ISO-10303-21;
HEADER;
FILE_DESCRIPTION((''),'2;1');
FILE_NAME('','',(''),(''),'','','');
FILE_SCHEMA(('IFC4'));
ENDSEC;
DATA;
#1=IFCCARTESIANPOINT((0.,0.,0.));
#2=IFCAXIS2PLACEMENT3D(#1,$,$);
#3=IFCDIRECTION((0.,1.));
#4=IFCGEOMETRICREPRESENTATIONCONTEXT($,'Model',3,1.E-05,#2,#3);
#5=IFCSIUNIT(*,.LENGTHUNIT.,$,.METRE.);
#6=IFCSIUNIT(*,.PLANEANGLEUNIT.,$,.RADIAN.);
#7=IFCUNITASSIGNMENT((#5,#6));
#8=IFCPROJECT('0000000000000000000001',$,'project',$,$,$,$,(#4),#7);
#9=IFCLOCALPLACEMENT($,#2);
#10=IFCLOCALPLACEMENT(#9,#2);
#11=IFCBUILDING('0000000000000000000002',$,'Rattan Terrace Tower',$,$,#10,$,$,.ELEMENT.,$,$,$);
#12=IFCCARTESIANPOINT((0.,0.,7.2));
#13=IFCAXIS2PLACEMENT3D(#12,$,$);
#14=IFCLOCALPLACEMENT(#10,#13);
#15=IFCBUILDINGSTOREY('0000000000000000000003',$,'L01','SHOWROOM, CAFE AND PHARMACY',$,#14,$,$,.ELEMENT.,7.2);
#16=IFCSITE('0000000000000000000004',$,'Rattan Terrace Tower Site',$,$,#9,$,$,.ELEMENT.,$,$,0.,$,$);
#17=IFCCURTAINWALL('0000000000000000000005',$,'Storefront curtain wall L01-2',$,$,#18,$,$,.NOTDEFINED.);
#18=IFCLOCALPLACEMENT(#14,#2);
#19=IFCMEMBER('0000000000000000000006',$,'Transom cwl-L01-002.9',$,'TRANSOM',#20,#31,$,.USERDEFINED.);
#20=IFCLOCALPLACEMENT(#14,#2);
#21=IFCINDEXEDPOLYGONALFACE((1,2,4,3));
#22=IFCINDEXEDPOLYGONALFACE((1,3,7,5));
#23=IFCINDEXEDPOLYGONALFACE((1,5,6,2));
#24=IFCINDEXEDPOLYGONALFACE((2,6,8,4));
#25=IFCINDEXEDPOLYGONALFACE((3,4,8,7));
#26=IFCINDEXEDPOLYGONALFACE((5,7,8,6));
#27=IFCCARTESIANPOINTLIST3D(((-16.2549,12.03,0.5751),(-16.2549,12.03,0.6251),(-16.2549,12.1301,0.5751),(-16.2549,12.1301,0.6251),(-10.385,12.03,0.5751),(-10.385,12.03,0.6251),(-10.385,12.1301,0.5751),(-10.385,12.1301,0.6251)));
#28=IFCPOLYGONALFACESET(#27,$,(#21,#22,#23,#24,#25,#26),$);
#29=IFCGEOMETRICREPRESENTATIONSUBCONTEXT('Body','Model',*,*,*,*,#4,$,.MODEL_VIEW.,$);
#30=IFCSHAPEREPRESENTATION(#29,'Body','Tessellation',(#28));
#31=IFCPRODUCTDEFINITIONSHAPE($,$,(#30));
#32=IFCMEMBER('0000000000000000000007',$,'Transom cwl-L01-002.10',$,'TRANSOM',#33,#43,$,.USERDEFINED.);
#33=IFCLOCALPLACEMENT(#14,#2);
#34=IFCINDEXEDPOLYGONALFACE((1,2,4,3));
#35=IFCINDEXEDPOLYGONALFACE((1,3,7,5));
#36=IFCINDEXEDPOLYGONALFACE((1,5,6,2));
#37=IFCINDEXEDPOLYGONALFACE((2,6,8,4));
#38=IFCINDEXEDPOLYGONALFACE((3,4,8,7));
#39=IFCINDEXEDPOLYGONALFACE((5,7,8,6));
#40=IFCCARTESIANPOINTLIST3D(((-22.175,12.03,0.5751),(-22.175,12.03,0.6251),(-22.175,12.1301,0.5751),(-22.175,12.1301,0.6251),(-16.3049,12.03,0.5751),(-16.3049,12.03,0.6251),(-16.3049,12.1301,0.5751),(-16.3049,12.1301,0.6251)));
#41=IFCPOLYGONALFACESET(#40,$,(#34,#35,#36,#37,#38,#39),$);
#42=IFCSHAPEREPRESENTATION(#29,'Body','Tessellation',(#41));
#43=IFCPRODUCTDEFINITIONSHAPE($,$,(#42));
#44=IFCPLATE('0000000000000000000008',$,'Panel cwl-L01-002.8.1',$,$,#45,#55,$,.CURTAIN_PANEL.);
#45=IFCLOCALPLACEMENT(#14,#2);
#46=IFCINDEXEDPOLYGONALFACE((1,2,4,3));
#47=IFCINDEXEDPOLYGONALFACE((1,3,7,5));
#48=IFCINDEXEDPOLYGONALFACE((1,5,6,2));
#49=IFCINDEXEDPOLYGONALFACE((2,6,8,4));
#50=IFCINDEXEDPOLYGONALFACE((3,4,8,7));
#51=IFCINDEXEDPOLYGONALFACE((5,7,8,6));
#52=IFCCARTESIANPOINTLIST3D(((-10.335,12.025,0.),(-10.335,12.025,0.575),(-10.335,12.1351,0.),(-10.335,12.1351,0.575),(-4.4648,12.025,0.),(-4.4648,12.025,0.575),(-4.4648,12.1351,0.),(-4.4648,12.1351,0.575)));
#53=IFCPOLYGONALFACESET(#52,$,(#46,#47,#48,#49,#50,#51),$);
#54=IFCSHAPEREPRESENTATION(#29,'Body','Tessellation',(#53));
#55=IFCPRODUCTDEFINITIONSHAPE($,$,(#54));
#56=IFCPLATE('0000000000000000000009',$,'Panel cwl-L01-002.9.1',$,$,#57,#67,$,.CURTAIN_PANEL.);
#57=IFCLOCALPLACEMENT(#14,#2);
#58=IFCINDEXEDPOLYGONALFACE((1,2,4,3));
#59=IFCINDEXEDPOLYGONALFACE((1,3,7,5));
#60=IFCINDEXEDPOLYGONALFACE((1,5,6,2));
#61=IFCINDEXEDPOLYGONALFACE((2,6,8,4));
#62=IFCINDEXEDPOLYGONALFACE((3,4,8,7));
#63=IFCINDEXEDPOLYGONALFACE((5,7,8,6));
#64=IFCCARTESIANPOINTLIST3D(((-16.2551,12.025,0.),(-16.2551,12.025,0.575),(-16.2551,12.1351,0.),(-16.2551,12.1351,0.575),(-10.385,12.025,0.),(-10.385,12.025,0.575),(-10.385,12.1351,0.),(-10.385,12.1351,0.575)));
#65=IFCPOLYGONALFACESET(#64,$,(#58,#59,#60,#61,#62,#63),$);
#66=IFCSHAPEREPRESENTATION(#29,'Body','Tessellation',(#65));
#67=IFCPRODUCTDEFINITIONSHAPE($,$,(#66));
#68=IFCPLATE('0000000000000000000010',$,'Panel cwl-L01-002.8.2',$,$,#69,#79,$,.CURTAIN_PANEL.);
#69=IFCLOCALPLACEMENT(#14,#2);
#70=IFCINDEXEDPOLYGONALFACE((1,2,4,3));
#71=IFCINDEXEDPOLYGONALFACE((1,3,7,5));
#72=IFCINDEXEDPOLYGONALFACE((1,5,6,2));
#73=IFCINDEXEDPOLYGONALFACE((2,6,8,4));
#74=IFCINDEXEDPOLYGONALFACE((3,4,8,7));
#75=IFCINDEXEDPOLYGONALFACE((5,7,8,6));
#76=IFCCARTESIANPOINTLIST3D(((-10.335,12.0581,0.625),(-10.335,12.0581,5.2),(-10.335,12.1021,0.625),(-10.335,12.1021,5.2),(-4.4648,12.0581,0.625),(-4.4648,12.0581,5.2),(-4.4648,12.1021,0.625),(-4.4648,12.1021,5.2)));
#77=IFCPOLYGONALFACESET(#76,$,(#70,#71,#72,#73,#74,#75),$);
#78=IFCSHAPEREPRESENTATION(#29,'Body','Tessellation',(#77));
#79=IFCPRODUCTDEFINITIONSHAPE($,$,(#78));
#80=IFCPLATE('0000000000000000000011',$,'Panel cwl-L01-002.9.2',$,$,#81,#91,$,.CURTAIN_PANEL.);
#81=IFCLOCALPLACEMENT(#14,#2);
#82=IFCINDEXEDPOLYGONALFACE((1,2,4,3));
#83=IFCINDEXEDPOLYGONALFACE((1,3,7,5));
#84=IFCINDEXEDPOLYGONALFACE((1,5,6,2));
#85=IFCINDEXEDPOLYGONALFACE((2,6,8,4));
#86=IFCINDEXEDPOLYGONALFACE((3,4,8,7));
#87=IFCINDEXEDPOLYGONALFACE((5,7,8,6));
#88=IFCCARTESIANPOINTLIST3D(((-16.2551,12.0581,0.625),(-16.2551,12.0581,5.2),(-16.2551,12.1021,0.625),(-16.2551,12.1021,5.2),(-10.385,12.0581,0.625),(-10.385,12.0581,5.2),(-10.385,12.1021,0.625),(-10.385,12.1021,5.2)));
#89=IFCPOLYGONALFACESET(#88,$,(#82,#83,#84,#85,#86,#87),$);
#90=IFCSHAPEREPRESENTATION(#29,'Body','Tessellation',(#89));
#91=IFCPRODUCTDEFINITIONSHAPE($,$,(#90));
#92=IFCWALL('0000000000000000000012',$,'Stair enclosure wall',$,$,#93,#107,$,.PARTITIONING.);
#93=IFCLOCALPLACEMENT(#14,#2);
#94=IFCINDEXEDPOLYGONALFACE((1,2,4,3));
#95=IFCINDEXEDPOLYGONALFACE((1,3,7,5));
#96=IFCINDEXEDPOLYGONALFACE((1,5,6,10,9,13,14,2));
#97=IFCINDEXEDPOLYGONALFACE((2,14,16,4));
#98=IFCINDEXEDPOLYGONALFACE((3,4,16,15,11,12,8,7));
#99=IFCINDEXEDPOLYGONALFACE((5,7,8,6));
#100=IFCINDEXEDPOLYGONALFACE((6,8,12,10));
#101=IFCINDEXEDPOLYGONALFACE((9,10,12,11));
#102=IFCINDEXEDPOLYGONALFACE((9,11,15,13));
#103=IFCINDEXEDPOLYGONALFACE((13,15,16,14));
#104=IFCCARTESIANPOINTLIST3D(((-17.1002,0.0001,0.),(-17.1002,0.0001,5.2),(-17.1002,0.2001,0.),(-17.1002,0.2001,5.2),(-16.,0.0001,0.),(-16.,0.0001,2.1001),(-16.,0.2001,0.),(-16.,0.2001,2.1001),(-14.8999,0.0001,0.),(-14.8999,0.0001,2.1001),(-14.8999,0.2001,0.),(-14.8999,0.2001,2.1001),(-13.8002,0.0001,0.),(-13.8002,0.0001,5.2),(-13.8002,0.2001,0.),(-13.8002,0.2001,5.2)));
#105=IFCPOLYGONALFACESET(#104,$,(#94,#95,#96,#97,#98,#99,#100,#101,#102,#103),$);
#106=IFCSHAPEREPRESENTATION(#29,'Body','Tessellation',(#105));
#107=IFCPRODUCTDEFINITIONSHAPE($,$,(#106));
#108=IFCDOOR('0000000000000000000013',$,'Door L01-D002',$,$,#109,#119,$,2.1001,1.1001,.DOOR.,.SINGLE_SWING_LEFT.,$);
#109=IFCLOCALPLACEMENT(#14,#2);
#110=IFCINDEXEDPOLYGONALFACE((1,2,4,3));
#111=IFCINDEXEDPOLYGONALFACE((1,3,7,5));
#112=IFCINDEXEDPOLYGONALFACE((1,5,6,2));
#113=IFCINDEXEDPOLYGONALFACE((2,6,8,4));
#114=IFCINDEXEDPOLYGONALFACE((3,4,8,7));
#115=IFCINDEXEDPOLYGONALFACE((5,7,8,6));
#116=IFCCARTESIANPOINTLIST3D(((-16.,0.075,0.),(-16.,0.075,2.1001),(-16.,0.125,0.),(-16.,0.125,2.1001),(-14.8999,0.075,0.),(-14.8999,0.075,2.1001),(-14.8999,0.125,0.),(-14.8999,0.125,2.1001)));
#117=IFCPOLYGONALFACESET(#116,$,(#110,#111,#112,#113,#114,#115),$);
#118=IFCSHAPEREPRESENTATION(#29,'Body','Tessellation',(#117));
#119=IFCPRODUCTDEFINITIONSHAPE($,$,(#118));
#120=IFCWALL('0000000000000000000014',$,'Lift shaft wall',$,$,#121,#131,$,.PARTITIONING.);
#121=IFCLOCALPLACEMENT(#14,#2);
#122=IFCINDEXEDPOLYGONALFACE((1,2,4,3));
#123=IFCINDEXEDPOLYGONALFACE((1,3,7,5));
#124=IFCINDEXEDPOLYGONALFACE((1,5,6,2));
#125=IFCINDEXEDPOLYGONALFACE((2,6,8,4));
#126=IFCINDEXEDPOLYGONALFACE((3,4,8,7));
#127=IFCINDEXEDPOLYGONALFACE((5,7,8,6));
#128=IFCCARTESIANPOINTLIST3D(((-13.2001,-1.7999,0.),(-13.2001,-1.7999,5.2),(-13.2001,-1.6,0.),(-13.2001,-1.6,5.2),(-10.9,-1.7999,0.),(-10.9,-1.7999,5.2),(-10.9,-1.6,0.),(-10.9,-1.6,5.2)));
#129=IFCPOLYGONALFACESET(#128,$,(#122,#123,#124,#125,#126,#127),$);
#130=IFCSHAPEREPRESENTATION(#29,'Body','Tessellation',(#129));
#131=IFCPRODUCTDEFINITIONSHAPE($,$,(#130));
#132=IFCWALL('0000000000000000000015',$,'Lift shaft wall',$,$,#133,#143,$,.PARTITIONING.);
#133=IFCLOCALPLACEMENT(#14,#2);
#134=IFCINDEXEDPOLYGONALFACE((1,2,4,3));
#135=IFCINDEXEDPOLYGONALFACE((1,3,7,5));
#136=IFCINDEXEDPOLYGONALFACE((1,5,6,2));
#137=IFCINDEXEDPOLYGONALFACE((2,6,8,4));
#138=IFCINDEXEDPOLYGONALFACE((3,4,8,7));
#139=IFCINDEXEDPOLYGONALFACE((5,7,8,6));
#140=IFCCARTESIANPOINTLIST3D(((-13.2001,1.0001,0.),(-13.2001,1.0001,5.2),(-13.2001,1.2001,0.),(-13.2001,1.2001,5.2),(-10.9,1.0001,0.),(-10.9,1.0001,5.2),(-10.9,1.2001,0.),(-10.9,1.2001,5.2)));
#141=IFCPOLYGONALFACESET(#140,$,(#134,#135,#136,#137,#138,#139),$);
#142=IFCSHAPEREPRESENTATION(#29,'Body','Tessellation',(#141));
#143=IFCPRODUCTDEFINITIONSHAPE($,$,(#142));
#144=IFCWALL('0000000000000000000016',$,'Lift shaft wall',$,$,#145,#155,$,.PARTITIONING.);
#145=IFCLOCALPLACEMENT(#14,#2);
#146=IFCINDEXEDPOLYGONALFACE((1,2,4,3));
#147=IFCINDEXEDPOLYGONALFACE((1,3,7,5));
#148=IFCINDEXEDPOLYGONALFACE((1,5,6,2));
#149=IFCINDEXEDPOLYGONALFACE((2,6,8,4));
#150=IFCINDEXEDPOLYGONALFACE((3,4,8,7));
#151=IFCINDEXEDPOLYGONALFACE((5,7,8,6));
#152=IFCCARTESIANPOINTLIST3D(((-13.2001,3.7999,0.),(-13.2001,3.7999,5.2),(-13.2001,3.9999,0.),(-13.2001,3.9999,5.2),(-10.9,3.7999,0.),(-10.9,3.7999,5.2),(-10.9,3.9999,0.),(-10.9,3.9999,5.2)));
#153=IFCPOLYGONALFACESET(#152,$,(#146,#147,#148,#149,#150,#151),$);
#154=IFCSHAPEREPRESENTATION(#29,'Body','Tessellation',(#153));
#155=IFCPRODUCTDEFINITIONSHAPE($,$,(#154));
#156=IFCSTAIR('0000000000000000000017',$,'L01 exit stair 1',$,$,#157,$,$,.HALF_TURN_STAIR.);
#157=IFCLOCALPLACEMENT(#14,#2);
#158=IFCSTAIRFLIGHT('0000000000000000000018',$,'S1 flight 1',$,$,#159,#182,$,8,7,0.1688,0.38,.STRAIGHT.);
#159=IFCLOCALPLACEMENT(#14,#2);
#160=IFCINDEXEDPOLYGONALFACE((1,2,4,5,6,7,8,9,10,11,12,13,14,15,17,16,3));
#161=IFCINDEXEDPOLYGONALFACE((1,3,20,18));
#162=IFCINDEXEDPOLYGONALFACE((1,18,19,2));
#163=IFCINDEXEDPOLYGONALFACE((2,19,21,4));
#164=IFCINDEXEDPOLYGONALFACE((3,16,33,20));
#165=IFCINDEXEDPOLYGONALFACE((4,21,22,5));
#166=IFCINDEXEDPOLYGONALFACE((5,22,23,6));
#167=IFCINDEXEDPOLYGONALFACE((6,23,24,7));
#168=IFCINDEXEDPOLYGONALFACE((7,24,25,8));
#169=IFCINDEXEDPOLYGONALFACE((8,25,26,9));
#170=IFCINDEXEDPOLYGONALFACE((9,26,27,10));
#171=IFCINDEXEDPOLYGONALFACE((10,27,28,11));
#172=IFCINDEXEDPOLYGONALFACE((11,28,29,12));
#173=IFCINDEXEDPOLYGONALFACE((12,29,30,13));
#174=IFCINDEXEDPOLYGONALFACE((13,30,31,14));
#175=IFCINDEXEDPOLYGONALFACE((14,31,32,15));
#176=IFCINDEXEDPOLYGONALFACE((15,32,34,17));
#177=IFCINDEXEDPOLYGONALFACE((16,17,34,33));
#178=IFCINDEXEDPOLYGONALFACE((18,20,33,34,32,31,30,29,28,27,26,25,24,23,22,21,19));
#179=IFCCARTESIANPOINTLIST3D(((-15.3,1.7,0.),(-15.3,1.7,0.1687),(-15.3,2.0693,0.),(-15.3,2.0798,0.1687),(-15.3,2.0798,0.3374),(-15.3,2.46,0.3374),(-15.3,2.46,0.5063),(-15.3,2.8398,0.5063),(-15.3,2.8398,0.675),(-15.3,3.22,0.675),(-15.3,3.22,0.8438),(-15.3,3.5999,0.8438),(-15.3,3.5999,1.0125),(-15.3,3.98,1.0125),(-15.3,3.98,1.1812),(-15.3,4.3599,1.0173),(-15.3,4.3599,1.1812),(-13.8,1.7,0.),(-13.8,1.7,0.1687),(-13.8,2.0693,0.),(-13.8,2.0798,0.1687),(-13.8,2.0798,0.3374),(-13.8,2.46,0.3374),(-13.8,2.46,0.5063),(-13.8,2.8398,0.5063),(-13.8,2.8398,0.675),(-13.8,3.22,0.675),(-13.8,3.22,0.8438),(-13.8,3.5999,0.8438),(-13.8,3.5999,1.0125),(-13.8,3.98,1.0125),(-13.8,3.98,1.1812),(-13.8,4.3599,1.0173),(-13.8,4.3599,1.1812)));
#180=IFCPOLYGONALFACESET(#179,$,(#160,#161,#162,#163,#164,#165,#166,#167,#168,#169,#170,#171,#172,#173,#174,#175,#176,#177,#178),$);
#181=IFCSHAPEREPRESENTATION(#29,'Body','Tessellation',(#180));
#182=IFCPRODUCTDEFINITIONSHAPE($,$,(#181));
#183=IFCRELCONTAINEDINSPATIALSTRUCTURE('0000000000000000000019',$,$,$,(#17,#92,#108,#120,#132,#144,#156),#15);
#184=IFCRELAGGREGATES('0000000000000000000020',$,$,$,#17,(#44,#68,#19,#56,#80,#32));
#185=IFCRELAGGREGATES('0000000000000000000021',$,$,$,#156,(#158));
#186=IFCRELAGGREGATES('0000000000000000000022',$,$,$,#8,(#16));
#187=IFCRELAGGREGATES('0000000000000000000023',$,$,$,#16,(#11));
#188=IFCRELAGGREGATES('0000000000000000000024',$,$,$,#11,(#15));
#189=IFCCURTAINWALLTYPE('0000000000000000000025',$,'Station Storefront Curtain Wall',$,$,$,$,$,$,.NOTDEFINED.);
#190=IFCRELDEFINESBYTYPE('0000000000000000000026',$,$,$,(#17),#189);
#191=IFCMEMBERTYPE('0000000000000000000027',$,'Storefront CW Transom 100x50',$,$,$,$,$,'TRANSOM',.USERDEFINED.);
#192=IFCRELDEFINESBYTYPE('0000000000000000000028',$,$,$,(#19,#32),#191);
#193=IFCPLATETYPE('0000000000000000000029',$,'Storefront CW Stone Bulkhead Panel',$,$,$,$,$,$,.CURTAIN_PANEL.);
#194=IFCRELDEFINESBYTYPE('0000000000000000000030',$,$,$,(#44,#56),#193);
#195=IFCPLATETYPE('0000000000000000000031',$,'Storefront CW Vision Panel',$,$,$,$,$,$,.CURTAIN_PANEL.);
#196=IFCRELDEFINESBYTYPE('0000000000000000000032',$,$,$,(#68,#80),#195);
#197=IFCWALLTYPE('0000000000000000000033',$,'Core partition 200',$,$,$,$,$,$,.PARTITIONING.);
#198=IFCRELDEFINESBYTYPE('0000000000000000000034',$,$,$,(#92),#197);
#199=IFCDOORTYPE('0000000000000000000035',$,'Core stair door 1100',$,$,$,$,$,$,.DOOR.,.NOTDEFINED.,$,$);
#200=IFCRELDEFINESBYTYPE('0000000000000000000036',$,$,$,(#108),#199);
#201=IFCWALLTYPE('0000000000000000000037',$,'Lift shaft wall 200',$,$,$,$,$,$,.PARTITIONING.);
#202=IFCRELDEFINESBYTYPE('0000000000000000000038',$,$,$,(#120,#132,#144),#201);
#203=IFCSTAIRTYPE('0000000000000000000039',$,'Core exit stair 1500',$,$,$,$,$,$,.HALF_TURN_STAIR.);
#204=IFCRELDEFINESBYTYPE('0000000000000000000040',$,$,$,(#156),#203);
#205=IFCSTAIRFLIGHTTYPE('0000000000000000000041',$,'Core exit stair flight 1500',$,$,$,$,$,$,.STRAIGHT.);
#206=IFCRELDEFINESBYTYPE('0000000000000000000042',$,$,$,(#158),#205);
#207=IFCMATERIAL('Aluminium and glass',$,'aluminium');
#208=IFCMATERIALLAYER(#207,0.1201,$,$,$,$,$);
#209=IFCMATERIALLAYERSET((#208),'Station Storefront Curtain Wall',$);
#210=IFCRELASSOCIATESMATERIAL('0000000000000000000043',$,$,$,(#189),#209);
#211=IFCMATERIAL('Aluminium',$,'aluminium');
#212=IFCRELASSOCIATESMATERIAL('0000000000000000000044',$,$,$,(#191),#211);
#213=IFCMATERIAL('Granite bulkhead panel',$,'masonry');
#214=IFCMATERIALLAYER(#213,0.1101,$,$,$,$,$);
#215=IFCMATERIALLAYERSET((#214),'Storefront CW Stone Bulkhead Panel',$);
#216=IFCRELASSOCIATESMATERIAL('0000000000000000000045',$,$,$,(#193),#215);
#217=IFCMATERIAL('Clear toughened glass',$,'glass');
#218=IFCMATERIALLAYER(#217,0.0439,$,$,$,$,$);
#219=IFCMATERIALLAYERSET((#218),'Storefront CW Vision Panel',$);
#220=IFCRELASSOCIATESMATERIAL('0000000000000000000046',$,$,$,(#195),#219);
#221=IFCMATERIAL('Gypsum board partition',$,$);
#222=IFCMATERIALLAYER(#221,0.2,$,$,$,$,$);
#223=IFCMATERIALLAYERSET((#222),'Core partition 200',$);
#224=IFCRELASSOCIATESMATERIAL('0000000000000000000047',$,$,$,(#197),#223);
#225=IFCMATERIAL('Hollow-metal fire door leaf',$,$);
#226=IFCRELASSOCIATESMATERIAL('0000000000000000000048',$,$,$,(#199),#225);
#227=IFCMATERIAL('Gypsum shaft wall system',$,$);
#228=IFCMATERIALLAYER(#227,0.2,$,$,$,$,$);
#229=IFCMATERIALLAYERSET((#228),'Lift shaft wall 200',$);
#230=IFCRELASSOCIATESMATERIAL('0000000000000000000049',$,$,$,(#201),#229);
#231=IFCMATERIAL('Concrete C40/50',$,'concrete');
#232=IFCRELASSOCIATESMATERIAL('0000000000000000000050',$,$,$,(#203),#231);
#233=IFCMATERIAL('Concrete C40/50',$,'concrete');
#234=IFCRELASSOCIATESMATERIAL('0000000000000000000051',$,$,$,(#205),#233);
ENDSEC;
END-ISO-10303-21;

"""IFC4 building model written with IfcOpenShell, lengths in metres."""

from ifc_helpers import new_model, si_unit, direction, frame, frame_2d, origin, origin_2d, place, context, subcontext, project, spatial, polyline, rectangle, outline, extrude, material, layer, layer_set, material_profile, profile_set, type_object, element, fill, aggregate, save


model = new_model("IFC4")

# Units and contexts
model_context = context("Model", 3, precision=1e-05, world=origin(), true_north=direction((0.0, 1.0)))
body_context = subcontext(model_context, "Body", "Model", "MODEL_VIEW")
ifc_project = project(units=[si_unit("LENGTHUNIT", "METRE"), si_unit("PLANEANGLEUNIT", "RADIAN")], contexts=[model_context])

# Site, building, storey
site_placement = place(None, origin())
site = spatial("IfcSite", under=ifc_project, at=site_placement, Name="Rattan Terrace Tower Site", CompositionType="ELEMENT", RefElevation=0.0)
building_placement = place(site_placement, origin())
building = spatial("IfcBuilding", under=site, at=building_placement, Name="Rattan Terrace Tower", CompositionType="ELEMENT")
storey_placement = place(building_placement, frame((0.0, 0.0, 7.2)))
storey = spatial("IfcBuildingStorey", under=building, at=storey_placement, Name="L01", Description="SHOWROOM, CAFE AND PHARMACY", CompositionType="ELEMENT", Elevation=7.2)

# Curtain wall, members, plates
ifc_material_1 = material(Name="Aluminium and glass", Category="aluminium")
ifc_layer_1 = layer(ifc_material_1, 0.1201)
ifc_layer_set_1 = layer_set([ifc_layer_1], Name="Station Storefront Curtain Wall")
curtain_wall_type = type_object("IfcCurtainWallType", Name="Station Storefront Curtain Wall", PredefinedType="NOTDEFINED", material=ifc_layer_set_1)
curtain_wall_placement = place(storey_placement, origin())
curtain_wall = element("IfcCurtainWall", 1, at=curtain_wall_placement, inside=storey, type_object=curtain_wall_type, Name="Storefront curtain wall L01-2", PredefinedType="NOTDEFINED")
ifc_material_2 = material(Name="Aluminium", Category="aluminium")
ifc_material_profile_1 = material_profile(ifc_material_2, rectangle(XDim=0.1001, YDim=0.05, at=origin_2d()), Name="Aluminium 100x50")
ifc_profile_set_1 = profile_set([ifc_material_profile_1], Name="Aluminium")
member_type_1 = type_object("IfcMemberType", Name="Storefront CW Transom 100x50", ElementType="TRANSOM", PredefinedType="USERDEFINED", material=ifc_profile_set_1)
member_1_placement = place(storey_placement, frame((-10.385, 12.0801, 0.6001), z_axis=(-1.0, 0.0, 0.0), x_axis=(0.0, -1.0, 0.0)))
member_1 = element("IfcMember", 2, at=member_1_placement, type_object=member_type_1, Name="Transom cwl-L01-002.9", ObjectType="TRANSOM", PredefinedType="USERDEFINED", context=body_context, shape_type="SweptSolid", body=[
    extrude(rectangle(XDim=0.1001, YDim=0.05, at=origin_2d()), origin(), (0.0, 0.0, 1.0), 5.8699),
])
member_2_placement = place(storey_placement, frame((-16.3049, 12.0801, 0.6001), z_axis=(-1.0, 0.0, 0.0), x_axis=(0.0, -1.0, 0.0)))
member_2 = element("IfcMember", 3, at=member_2_placement, type_object=member_type_1, Name="Transom cwl-L01-002.10", ObjectType="TRANSOM", PredefinedType="USERDEFINED", context=body_context, shape_type="SweptSolid", body=[
    extrude(rectangle(XDim=0.1001, YDim=0.05, at=origin_2d()), origin(), (0.0, 0.0, 1.0), 5.8701),
])
ifc_material_3 = material(Name="Granite bulkhead panel", Category="masonry")
ifc_layer_2 = layer(ifc_material_3, 0.1101)
ifc_layer_set_2 = layer_set([ifc_layer_2], Name="Storefront CW Stone Bulkhead Panel")
plate_type_1 = type_object("IfcPlateType", Name="Storefront CW Stone Bulkhead Panel", PredefinedType="CURTAIN_PANEL", material=ifc_layer_set_2)
plate_1_placement = place(storey_placement, frame((-7.3999, 12.0801, 0.0), z_axis=(0.0, 0.0, 1.0), x_axis=(-1.0, 0.0, 0.0)))
plate_1 = element("IfcPlate", 4, at=plate_1_placement, type_object=plate_type_1, Name="Panel cwl-L01-002.8.1", PredefinedType="CURTAIN_PANEL", context=body_context, shape_type="SweptSolid", body=[
    extrude(rectangle(XDim=5.8701, YDim=0.1101, at=origin_2d()), origin(), (0.0, 0.0, 1.0), 0.575),
])
plate_2_placement = place(storey_placement, frame((-13.3201, 12.0801, 0.0), z_axis=(0.0, 0.0, 1.0), x_axis=(-1.0, 0.0, 0.0)))
plate_2 = element("IfcPlate", 5, at=plate_2_placement, type_object=plate_type_1, Name="Panel cwl-L01-002.9.1", PredefinedType="CURTAIN_PANEL", context=body_context, shape_type="SweptSolid", body=[
    extrude(rectangle(XDim=5.8701, YDim=0.1101, at=origin_2d()), origin(), (0.0, 0.0, 1.0), 0.575),
])
ifc_material_4 = material(Name="Clear toughened glass", Category="glass")
ifc_layer_3 = layer(ifc_material_4, 0.0439)
ifc_layer_set_3 = layer_set([ifc_layer_3], Name="Storefront CW Vision Panel")
plate_type_2 = type_object("IfcPlateType", Name="Storefront CW Vision Panel", PredefinedType="CURTAIN_PANEL", material=ifc_layer_set_3)
plate_3_placement = place(storey_placement, frame((-7.3999, 12.0801, 0.625), z_axis=(0.0, 0.0, 1.0), x_axis=(-1.0, 0.0, 0.0)))
plate_3 = element("IfcPlate", 6, at=plate_3_placement, type_object=plate_type_2, Name="Panel cwl-L01-002.8.2", PredefinedType="CURTAIN_PANEL", context=body_context, shape_type="SweptSolid", body=[
    extrude(rectangle(XDim=5.8701, YDim=0.0439, at=origin_2d()), origin(), (0.0, 0.0, 1.0), 4.575),
])
plate_4_placement = place(storey_placement, frame((-13.3201, 12.0801, 0.625), z_axis=(0.0, 0.0, 1.0), x_axis=(-1.0, 0.0, 0.0)))
plate_4 = element("IfcPlate", 7, at=plate_4_placement, type_object=plate_type_2, Name="Panel cwl-L01-002.9.2", PredefinedType="CURTAIN_PANEL", context=body_context, shape_type="SweptSolid", body=[
    extrude(rectangle(XDim=5.8701, YDim=0.0439, at=origin_2d()), origin(), (0.0, 0.0, 1.0), 4.575),
])
aggregate(curtain_wall, [plate_1, plate_3, member_1, plate_2, plate_4, member_2])

# Wall, opening, door
ifc_material_5 = material(Name="Gypsum board partition")
ifc_layer_4 = layer(ifc_material_5, 0.2)
ifc_layer_set_4 = layer_set([ifc_layer_4], Name="Core partition 200")
wall_type_1 = type_object("IfcWallType", Name="Core partition 200", PredefinedType="PARTITIONING", material=ifc_layer_set_4)
wall_placement = place(storey_placement, frame((-17.1001, 0.1001, 0.0), z_axis=(0.0, 0.0, 1.0), x_axis=(1.0, 0.0, 0.0)))
wall = element("IfcWall", 8, at=wall_placement, inside=storey, type_object=wall_type_1, Name="Stair enclosure wall", PredefinedType="PARTITIONING", context=body_context, shape_type="SweptSolid", body=[
    extrude(rectangle(XDim=3.3, YDim=0.2, at=frame_2d((1.6499, 0.0))), origin(), (0.0, 0.0, 1.0), 5.2),
])
opening_placement = place(wall_placement, frame((1.1001, 0.0, 0.0)))
opening = element("IfcOpeningElement", 9, at=opening_placement, cuts=wall, PredefinedType="OPENING", context=body_context, shape_type="SweptSolid", body=[
    extrude(rectangle(XDim=1.1001, YDim=2.1001, at=frame_2d((0.55, 1.05))), frame((0.0, 0.1106, 0.0), z_axis=(0.0, -1.0, 0.0), x_axis=(1.0, 0.0, 0.0)), (0.0, 0.0, 1.0), 0.2209),
])
ifc_material_6 = material(Name="Hollow-metal fire door leaf")
door_type = type_object("IfcDoorType", Name="Core stair door 1100", OperationType="NOTDEFINED", PredefinedType="DOOR", material=ifc_material_6)
door_placement = place(opening_placement, origin())
door = element("IfcDoor", 10, at=door_placement, inside=storey, type_object=door_type, Name="Door L01-D002", OperationType="SINGLE_SWING_LEFT", OverallHeight=2.1001, OverallWidth=1.1001, PredefinedType="DOOR", context=body_context, shape_type="SweptSolid", body=[
    extrude(rectangle(XDim=1.1001, YDim=2.1001, at=frame_2d((0.55, 1.05))), frame((0.0, 0.0249, 0.0), z_axis=(0.0, -1.0, 0.0), x_axis=(1.0, 0.0, 0.0)), (0.0, 0.0, 1.0), 0.05),
])
fill(opening, door)

# Walls
ifc_material_7 = material(Name="Gypsum shaft wall system")
ifc_layer_5 = layer(ifc_material_7, 0.2)
ifc_layer_set_5 = layer_set([ifc_layer_5], Name="Lift shaft wall 200")
wall_type_2 = type_object("IfcWallType", Name="Lift shaft wall 200", PredefinedType="PARTITIONING", material=ifc_layer_set_5)
for number, where, z_axis, x_axis, name in (
    (11, (-13.2, -1.7, 0.0), (0.0, 0.0, 1.0), (1.0, 0.0, 0.0), "Lift shaft wall"),
    (12, (-13.2, 1.1001, 0.0), (0.0, 0.0, 1.0), (1.0, 0.0, 0.0), "Lift shaft wall"),
    (13, (-13.2, 3.8999, 0.0), (0.0, 0.0, 1.0), (1.0, 0.0, 0.0), "Lift shaft wall"),
):
    element("IfcWall", number, at=place(storey_placement, frame(where, z_axis=z_axis, x_axis=x_axis)), inside=storey, type_object=wall_type_2, Name=name, PredefinedType="PARTITIONING", context=body_context, shape_type="SweptSolid", body=[
        extrude(rectangle(XDim=2.3, YDim=0.2, at=frame_2d((1.1499, 0.0))), origin(), (0.0, 0.0, 1.0), 5.2),
    ])

# Stair, stair flight
ifc_material_8 = material(Name="Concrete C40/50", Category="concrete")
stair_type = type_object("IfcStairType", Name="Core exit stair 1500", PredefinedType="HALF_TURN_STAIR", material=ifc_material_8)
stair_placement = place(storey_placement, origin())
stair = element("IfcStair", 14, at=stair_placement, inside=storey, type_object=stair_type, Name="L01 exit stair 1", PredefinedType="HALF_TURN_STAIR")
ifc_material_9 = material(Name="Concrete C40/50", Category="concrete")
stair_flight_type = type_object("IfcStairFlightType", Name="Core exit stair flight 1500", PredefinedType="STRAIGHT", material=ifc_material_9)
stair_flight_1_placement = place(storey_placement, frame((-14.55, 1.7, 0.0), z_axis=(0.0, 0.0, 1.0), x_axis=(0.0, 1.0, 0.0)))
stair_flight_1 = element("IfcStairFlight", 15, at=stair_flight_1_placement, type_object=stair_flight_type, Name="S1 flight 1", NumberOfRisers=8, NumberOfTreads=7, PredefinedType="STRAIGHT", RiserHeight=0.1688, TreadLength=0.38, context=body_context, shape_type="SweptSolid", body=[
    extrude(outline(polyline([(0.0, 0.0), (0.0, 0.1687), (0.3799, 0.1687), (0.3799, 0.3374), (0.76, 0.3374), (0.76, 0.5063), (1.1399, 0.5063), (1.1399, 0.675), (1.52, 0.675), (1.52, 0.8438), (1.8999, 0.8438), (1.8999, 1.0125), (2.28, 1.0125), (2.28, 1.1812), (2.6599, 1.1812), (2.6599, 1.3501), (2.6599, 1.0173), (0.3694, 0.0), (0.0, 0.0)])), frame((0.0, 0.75, 0.0), z_axis=(0.0, -1.0, 0.0), x_axis=(1.0, 0.0, 0.0)), (0.0, 0.0, 1.0), 1.5),
])
aggregate(stair, [stair_flight_1])

save(model, "model.ifc")
